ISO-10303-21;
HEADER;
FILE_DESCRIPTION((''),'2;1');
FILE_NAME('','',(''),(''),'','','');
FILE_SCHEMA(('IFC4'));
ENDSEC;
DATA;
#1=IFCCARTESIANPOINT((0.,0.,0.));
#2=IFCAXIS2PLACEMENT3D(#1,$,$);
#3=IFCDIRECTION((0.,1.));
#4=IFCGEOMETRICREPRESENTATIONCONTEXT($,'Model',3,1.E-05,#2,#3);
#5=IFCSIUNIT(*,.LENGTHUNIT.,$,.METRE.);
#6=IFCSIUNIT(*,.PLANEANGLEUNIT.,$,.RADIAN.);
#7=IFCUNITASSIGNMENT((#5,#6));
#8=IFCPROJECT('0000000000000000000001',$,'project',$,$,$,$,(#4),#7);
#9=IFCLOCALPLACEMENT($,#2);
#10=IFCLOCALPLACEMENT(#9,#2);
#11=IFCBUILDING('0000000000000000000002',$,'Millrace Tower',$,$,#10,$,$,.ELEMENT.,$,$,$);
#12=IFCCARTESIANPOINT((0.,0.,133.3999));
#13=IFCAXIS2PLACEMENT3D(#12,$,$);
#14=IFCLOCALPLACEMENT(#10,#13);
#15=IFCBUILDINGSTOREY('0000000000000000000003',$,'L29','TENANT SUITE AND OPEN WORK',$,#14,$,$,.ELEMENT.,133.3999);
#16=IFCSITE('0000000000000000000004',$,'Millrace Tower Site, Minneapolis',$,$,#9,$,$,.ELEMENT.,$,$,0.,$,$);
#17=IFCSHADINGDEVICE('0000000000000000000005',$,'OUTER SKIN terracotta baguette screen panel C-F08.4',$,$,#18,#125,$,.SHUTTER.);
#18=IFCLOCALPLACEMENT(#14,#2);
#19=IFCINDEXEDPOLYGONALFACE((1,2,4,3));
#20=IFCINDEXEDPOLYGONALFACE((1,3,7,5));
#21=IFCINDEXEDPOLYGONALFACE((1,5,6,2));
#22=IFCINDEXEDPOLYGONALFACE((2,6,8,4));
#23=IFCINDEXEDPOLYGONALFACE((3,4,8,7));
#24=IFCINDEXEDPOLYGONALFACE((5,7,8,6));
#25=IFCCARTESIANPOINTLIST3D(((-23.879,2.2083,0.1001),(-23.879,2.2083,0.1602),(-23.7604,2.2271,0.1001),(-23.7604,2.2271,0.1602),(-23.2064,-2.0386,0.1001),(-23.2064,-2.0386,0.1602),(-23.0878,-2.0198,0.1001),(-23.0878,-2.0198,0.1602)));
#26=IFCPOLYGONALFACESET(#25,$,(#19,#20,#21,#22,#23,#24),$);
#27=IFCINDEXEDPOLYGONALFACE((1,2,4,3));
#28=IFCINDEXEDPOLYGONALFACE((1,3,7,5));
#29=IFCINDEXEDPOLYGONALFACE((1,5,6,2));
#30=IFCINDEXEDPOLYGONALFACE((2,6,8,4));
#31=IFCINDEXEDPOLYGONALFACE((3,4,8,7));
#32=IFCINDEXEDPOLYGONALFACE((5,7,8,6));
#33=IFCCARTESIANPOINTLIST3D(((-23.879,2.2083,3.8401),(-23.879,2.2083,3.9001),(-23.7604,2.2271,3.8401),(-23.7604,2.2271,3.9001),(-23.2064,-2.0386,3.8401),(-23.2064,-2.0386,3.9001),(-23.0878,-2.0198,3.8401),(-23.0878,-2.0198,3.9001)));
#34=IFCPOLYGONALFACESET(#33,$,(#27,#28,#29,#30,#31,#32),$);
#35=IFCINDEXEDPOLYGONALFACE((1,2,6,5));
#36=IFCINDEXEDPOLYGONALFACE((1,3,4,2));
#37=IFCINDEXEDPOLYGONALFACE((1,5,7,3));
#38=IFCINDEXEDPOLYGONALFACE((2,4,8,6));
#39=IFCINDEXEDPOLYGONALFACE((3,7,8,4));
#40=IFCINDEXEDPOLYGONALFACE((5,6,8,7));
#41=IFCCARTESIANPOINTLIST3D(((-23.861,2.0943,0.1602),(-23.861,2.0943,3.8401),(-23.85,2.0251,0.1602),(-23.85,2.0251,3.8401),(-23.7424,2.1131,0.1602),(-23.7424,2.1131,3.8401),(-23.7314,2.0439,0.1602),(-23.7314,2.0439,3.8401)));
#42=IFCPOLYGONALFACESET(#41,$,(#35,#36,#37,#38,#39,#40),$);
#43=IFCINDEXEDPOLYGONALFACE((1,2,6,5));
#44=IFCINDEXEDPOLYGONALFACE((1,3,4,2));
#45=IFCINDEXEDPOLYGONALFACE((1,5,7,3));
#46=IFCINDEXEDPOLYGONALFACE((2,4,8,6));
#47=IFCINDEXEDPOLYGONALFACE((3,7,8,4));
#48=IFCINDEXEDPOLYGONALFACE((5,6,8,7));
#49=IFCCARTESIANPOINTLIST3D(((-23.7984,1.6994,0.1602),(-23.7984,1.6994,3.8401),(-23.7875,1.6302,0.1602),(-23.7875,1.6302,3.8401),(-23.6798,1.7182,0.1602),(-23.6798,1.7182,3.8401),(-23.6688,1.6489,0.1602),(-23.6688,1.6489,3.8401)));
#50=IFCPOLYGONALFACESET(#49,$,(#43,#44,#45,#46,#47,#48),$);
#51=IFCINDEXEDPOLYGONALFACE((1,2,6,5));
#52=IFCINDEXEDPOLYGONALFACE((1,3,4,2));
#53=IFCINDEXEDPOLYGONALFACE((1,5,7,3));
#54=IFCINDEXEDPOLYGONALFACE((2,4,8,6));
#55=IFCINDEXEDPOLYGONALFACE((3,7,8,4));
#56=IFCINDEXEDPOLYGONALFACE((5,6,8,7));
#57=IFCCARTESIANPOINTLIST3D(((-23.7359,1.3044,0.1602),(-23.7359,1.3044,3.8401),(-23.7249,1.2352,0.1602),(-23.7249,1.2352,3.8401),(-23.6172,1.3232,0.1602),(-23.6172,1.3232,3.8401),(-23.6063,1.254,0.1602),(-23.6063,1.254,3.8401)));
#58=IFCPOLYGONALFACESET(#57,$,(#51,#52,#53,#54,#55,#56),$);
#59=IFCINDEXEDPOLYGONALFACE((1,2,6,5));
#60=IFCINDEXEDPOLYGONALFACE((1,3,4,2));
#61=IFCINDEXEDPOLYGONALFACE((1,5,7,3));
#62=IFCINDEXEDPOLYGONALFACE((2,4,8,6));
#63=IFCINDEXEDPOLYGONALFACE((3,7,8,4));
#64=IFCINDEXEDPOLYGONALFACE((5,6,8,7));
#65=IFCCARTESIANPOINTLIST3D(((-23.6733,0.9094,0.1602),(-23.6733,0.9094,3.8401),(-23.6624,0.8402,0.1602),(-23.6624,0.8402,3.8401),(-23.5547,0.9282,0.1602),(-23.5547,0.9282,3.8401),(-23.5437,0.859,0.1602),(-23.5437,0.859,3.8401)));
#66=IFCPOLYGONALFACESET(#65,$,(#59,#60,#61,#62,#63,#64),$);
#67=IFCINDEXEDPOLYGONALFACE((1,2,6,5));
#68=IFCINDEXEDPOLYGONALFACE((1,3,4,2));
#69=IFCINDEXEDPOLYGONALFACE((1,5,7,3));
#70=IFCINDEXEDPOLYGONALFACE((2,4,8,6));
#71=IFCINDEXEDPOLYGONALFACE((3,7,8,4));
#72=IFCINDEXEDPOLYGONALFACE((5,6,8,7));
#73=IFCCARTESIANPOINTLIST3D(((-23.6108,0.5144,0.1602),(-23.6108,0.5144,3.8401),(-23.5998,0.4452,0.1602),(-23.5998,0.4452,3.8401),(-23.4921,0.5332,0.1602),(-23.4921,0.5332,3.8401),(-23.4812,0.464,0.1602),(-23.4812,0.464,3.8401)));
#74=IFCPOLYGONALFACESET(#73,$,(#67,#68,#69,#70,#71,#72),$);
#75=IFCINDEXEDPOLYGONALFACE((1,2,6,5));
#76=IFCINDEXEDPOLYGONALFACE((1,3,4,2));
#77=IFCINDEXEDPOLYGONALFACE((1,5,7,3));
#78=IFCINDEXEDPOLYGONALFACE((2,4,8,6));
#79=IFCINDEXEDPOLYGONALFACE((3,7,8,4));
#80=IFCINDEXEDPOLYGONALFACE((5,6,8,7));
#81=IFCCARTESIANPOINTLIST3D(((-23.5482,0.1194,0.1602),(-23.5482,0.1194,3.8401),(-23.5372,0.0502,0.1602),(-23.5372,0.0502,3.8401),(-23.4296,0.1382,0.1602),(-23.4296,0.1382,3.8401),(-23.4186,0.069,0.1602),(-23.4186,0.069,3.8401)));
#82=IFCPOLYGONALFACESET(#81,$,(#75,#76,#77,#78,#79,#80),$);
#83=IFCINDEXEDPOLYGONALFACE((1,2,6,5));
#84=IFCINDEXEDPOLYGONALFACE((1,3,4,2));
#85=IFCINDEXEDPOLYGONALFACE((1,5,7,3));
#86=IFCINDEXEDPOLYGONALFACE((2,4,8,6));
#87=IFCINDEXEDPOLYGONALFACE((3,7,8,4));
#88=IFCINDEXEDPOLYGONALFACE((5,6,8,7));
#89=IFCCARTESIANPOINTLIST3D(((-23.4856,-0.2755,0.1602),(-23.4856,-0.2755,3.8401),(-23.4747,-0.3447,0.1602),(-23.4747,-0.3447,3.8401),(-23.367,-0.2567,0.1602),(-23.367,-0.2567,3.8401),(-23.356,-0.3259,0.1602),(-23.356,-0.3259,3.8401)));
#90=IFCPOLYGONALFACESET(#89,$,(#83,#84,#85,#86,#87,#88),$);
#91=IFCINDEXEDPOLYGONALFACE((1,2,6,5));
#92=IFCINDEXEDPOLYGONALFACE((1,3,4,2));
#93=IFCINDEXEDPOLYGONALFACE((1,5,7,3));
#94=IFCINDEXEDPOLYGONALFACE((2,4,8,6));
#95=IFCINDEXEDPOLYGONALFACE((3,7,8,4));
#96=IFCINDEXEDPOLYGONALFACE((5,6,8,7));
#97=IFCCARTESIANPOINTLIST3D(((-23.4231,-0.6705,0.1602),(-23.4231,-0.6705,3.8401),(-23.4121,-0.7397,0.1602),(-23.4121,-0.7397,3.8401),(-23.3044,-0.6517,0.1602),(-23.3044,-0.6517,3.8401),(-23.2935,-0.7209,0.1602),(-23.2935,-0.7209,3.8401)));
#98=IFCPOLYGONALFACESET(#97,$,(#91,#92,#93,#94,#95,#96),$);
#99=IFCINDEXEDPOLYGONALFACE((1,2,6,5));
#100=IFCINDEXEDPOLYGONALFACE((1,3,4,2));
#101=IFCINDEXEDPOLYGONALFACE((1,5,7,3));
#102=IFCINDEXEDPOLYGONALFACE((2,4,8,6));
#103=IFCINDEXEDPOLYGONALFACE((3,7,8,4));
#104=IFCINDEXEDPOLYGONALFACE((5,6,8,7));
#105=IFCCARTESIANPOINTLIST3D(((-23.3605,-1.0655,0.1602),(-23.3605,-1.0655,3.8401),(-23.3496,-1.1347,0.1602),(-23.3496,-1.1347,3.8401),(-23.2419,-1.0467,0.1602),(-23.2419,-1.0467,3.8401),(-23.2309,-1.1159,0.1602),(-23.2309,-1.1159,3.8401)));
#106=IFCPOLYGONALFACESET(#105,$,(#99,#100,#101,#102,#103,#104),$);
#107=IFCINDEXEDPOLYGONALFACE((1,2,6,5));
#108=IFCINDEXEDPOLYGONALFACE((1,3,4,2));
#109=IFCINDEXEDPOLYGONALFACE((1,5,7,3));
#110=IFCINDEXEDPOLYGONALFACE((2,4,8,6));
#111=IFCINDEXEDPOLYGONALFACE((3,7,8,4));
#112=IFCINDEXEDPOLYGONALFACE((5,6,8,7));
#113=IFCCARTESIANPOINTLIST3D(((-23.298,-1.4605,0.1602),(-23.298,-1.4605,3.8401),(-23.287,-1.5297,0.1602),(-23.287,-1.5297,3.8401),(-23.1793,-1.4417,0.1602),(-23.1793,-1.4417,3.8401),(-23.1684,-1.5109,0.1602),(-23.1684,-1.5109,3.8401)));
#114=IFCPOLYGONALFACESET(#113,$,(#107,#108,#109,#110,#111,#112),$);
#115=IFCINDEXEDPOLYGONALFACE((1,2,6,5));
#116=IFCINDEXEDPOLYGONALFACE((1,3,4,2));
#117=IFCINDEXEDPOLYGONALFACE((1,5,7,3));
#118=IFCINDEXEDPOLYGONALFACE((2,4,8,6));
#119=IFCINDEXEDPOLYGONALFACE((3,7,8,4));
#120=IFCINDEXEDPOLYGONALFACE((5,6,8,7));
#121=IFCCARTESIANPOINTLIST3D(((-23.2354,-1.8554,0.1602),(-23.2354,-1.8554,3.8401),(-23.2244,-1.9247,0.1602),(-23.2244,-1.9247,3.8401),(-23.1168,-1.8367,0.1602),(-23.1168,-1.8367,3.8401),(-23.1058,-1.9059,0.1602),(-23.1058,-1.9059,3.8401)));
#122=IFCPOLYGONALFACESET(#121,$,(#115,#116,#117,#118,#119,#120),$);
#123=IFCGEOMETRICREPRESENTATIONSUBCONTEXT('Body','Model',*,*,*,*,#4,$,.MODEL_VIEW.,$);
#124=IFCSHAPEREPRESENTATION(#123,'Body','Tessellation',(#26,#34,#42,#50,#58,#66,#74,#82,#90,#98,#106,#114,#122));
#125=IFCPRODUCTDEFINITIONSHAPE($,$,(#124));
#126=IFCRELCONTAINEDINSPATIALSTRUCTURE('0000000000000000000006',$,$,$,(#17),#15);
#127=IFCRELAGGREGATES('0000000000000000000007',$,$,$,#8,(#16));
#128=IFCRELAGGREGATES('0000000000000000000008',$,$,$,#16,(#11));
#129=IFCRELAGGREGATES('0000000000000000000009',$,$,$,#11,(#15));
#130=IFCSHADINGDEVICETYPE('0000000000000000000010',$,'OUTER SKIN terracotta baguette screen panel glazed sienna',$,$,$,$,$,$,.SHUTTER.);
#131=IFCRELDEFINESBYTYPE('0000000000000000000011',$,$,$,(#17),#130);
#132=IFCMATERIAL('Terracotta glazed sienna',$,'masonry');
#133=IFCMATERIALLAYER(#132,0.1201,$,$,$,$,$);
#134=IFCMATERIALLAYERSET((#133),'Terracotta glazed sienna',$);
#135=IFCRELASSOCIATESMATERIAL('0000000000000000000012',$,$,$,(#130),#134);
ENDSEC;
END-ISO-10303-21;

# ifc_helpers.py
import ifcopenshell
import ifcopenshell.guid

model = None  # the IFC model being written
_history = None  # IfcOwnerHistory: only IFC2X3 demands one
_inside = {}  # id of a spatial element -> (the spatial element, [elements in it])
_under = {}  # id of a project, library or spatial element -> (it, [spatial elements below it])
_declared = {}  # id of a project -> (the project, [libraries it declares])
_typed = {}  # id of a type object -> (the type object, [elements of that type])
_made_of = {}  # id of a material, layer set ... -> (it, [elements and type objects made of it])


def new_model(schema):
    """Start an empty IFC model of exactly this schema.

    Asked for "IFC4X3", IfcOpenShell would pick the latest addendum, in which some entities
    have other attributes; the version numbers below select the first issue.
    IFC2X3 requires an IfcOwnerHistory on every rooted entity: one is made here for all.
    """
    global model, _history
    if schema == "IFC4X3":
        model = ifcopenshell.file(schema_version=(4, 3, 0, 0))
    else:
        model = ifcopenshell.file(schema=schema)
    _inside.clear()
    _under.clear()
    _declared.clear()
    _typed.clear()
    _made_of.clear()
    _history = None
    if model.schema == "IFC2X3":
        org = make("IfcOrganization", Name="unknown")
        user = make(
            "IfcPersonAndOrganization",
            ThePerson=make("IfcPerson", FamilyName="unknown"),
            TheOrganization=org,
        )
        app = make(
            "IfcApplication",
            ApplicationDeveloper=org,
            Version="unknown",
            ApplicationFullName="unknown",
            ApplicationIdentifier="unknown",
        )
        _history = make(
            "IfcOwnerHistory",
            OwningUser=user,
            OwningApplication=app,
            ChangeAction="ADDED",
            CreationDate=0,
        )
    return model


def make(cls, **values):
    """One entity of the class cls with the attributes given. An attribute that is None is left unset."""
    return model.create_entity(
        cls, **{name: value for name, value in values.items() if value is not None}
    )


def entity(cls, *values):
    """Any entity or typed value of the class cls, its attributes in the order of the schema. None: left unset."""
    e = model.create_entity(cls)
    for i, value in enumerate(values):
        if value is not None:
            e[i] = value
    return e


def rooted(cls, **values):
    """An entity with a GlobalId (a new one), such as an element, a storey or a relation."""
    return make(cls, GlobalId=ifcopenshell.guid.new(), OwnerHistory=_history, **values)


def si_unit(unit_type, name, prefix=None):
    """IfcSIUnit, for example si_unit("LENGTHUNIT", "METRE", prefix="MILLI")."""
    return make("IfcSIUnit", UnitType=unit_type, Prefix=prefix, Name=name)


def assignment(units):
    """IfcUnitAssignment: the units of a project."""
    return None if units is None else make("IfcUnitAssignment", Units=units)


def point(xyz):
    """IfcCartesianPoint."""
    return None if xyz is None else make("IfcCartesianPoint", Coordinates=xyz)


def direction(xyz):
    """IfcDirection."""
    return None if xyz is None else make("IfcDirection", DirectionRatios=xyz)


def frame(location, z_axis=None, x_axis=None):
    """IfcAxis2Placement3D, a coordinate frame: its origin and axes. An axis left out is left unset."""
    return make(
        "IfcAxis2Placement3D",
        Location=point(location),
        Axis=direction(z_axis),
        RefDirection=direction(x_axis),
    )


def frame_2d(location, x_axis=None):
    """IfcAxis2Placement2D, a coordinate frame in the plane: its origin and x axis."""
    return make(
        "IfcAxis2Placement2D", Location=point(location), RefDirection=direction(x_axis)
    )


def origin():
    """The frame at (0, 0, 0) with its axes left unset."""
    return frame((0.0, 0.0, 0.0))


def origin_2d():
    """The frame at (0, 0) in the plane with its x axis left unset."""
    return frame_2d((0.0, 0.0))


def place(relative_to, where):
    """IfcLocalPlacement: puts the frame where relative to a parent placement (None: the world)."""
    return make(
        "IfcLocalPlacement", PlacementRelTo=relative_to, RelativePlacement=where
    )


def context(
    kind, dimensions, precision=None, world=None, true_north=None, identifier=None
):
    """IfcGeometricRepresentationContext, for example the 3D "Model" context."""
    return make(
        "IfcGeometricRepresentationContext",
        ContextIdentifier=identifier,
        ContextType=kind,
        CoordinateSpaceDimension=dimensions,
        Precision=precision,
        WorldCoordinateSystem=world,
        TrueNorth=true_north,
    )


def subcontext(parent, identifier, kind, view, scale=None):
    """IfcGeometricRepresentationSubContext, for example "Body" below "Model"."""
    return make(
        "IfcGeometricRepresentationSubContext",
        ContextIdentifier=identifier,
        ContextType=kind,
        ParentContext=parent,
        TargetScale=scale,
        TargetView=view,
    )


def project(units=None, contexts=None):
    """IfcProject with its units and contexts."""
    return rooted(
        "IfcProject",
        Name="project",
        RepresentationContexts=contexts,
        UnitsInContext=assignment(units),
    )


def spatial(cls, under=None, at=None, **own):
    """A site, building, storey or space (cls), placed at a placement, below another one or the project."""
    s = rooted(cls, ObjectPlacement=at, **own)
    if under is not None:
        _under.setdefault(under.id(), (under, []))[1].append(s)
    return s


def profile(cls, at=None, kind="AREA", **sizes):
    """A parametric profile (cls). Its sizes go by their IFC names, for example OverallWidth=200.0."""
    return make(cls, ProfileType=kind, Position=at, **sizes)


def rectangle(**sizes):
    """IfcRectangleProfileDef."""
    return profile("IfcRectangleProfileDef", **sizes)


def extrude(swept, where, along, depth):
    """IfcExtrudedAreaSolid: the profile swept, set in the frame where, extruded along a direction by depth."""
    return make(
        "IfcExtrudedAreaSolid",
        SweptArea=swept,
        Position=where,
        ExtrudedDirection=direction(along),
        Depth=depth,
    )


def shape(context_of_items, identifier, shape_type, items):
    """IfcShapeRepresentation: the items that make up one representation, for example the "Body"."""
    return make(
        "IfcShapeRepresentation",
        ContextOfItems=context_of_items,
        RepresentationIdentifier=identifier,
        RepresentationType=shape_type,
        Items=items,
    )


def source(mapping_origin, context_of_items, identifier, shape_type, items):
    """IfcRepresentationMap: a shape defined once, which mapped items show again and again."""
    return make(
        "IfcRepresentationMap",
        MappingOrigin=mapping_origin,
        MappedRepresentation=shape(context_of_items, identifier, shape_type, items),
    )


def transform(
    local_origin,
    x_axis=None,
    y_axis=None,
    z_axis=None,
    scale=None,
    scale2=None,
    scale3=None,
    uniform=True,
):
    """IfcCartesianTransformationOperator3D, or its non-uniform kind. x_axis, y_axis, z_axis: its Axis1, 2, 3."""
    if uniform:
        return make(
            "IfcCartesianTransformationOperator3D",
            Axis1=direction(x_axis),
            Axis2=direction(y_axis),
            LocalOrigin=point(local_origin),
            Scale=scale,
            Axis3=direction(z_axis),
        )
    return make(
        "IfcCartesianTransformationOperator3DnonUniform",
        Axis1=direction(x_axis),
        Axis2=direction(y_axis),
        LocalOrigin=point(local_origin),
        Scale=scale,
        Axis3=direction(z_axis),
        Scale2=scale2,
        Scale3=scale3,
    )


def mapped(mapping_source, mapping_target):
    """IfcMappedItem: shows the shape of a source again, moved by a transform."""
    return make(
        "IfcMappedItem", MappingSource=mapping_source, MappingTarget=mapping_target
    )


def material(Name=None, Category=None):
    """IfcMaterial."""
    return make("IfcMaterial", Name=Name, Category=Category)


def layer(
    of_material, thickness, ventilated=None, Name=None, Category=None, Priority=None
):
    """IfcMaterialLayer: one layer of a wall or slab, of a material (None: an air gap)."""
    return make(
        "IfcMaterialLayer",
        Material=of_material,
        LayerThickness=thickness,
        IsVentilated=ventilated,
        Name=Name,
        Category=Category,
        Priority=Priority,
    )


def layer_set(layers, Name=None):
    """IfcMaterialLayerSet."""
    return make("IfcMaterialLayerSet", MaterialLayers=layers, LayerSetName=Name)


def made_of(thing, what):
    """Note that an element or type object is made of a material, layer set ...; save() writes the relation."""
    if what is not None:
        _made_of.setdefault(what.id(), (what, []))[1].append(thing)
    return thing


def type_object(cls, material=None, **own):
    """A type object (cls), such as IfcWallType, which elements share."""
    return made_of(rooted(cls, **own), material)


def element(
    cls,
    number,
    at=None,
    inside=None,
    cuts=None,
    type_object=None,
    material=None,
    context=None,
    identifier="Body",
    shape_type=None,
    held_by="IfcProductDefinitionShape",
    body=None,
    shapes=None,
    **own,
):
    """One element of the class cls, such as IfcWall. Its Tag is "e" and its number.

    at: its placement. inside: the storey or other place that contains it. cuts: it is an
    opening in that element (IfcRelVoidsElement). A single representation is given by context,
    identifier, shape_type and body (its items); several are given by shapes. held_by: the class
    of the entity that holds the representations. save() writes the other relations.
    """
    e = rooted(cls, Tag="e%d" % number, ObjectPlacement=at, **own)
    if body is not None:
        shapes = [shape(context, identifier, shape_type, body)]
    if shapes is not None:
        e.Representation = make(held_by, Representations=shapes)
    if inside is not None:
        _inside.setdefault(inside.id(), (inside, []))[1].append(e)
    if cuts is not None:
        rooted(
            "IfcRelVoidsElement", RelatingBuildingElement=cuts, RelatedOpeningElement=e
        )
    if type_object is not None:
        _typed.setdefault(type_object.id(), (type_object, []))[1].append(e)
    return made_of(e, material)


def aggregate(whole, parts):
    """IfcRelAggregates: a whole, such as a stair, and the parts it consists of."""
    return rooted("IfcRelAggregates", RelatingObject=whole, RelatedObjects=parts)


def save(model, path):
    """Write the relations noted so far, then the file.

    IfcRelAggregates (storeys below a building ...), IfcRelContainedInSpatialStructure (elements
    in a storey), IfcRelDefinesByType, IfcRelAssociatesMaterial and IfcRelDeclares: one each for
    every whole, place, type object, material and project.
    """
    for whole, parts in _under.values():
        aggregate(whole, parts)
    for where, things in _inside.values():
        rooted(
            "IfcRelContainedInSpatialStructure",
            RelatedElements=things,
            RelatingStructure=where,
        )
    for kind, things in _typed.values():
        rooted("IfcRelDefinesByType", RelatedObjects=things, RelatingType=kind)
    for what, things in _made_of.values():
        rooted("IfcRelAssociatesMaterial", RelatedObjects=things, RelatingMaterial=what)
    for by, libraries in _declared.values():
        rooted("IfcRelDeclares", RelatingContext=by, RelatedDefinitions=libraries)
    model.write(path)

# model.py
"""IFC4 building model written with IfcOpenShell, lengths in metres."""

from ifc_helpers import new_model, entity, si_unit, direction, frame, frame_2d, origin, origin_2d, place, context, subcontext, project, spatial, rectangle, extrude, source, transform, mapped, material, layer, layer_set, type_object, element, save


model = new_model("IFC4")

# Units and contexts
model_context = context("Model", 3, precision=1e-05, world=origin(), true_north=direction((0.0, 1.0)))
body_context = subcontext(model_context, "Body", "Model", "MODEL_VIEW")
ifc_project = project(units=[si_unit("LENGTHUNIT", "METRE"), si_unit("PLANEANGLEUNIT", "RADIAN")], contexts=[model_context])

# Site, building, storey
site_placement = place(None, origin())
site = spatial("IfcSite", under=ifc_project, at=site_placement, Name="Millrace Tower Site, Minneapolis", CompositionType="ELEMENT", RefElevation=0.0)
building_placement = place(site_placement, origin())
building = spatial("IfcBuilding", under=site, at=building_placement, Name="Millrace Tower", CompositionType="ELEMENT")
storey_placement = place(building_placement, frame((0.0, 0.0, 133.3999)))
storey = spatial("IfcBuildingStorey", under=building, at=storey_placement, Name="L29", Description="TENANT SUITE AND OPEN WORK", CompositionType="ELEMENT", Elevation=133.3999)

# Shading device
ifc_material_1 = material(Name="Terracotta glazed sienna", Category="masonry")
ifc_layer_1 = layer(ifc_material_1, 0.1201)
ifc_layer_set_1 = layer_set([ifc_layer_1], Name="Terracotta glazed sienna")
shading_device_type = type_object("IfcShadingDeviceType", Name="OUTER SKIN terracotta baguette screen panel glazed sienna", PredefinedType="SHUTTER", material=ifc_layer_set_1)
cartesian_point = entity("IfcCartesianPoint", [-2.1499, 0.0601])
shared_polyline = entity("IfcPolyline", [cartesian_point, entity("IfcCartesianPoint", [2.1499, 0.0601]), entity("IfcCartesianPoint", [2.1499, -0.0601]), entity("IfcCartesianPoint", [-2.1499, -0.0601]), cartesian_point])
shared_shape = source(origin(), body_context, "Body", "SweptSolid", [
    entity("IfcExtrudedAreaSolid", entity("IfcArbitraryClosedProfileDef", "AREA", None, shared_polyline), entity("IfcAxis2Placement3D", entity("IfcCartesianPoint", [0.0, 0.0, 0.0])), entity("IfcDirection", [0.0, 0.0, 1.0]), 0.0601),
    entity("IfcExtrudedAreaSolid", entity("IfcArbitraryClosedProfileDef", "AREA", None, shared_polyline), entity("IfcAxis2Placement3D", entity("IfcCartesianPoint", [0.0, 0.0, 3.74])), entity("IfcDirection", [0.0, 0.0, 1.0]), 0.0601),
    extrude(rectangle(XDim=0.0701, YDim=0.1201, at=frame_2d((-1.9995, 0.0))), frame((0.0, 0.0, 0.0601)), (0.0, 0.0, 1.0), 3.6799),
    extrude(rectangle(XDim=0.0701, YDim=0.1201, at=frame_2d((-1.5996, 0.0))), frame((0.0, 0.0, 0.0601)), (0.0, 0.0, 1.0), 3.6799),
    extrude(rectangle(XDim=0.0701, YDim=0.1201, at=frame_2d((-1.1997, 0.0))), frame((0.0, 0.0, 0.0601)), (0.0, 0.0, 1.0), 3.6799),
    extrude(rectangle(XDim=0.0701, YDim=0.1201, at=frame_2d((-0.7998, 0.0))), frame((0.0, 0.0, 0.0601)), (0.0, 0.0, 1.0), 3.6799),
    extrude(rectangle(XDim=0.0701, YDim=0.1201, at=frame_2d((-0.3999, 0.0))), frame((0.0, 0.0, 0.0601)), (0.0, 0.0, 1.0), 3.6799),
    extrude(rectangle(XDim=0.0701, YDim=0.1201, at=origin_2d()), frame((0.0, 0.0, 0.0601)), (0.0, 0.0, 1.0), 3.6799),
    extrude(rectangle(XDim=0.0701, YDim=0.1201, at=frame_2d((0.3999, 0.0))), frame((0.0, 0.0, 0.0601)), (0.0, 0.0, 1.0), 3.6799),
    extrude(rectangle(XDim=0.0701, YDim=0.1201, at=frame_2d((0.7998, 0.0))), frame((0.0, 0.0, 0.0601)), (0.0, 0.0, 1.0), 3.6799),
    extrude(rectangle(XDim=0.0701, YDim=0.1201, at=frame_2d((1.1997, 0.0))), frame((0.0, 0.0, 0.0601)), (0.0, 0.0, 1.0), 3.6799),
    extrude(rectangle(XDim=0.0701, YDim=0.1201, at=frame_2d((1.5996, 0.0))), frame((0.0, 0.0, 0.0601)), (0.0, 0.0, 1.0), 3.6799),
    extrude(rectangle(XDim=0.0701, YDim=0.1201, at=frame_2d((1.9995, 0.0))), frame((0.0, 0.0, 0.0601)), (0.0, 0.0, 1.0), 3.6799),
])
shading_device_placement = place(storey_placement, frame((-23.4834, 0.0942, 0.1001), z_axis=(0.0, 0.0, 1.0), x_axis=(0.156434, -0.987688, 0.0)))
element("IfcShadingDevice", 1, at=shading_device_placement, inside=storey, type_object=shading_device_type, Name="OUTER SKIN terracotta baguette screen panel C-F08.4", PredefinedType="SHUTTER", context=body_context, shape_type="MappedRepresentation", body=[
    mapped(shared_shape, transform((0.0, 0.0, 0.0), scale=1.0)),
])

save(model, "model.ifc")
